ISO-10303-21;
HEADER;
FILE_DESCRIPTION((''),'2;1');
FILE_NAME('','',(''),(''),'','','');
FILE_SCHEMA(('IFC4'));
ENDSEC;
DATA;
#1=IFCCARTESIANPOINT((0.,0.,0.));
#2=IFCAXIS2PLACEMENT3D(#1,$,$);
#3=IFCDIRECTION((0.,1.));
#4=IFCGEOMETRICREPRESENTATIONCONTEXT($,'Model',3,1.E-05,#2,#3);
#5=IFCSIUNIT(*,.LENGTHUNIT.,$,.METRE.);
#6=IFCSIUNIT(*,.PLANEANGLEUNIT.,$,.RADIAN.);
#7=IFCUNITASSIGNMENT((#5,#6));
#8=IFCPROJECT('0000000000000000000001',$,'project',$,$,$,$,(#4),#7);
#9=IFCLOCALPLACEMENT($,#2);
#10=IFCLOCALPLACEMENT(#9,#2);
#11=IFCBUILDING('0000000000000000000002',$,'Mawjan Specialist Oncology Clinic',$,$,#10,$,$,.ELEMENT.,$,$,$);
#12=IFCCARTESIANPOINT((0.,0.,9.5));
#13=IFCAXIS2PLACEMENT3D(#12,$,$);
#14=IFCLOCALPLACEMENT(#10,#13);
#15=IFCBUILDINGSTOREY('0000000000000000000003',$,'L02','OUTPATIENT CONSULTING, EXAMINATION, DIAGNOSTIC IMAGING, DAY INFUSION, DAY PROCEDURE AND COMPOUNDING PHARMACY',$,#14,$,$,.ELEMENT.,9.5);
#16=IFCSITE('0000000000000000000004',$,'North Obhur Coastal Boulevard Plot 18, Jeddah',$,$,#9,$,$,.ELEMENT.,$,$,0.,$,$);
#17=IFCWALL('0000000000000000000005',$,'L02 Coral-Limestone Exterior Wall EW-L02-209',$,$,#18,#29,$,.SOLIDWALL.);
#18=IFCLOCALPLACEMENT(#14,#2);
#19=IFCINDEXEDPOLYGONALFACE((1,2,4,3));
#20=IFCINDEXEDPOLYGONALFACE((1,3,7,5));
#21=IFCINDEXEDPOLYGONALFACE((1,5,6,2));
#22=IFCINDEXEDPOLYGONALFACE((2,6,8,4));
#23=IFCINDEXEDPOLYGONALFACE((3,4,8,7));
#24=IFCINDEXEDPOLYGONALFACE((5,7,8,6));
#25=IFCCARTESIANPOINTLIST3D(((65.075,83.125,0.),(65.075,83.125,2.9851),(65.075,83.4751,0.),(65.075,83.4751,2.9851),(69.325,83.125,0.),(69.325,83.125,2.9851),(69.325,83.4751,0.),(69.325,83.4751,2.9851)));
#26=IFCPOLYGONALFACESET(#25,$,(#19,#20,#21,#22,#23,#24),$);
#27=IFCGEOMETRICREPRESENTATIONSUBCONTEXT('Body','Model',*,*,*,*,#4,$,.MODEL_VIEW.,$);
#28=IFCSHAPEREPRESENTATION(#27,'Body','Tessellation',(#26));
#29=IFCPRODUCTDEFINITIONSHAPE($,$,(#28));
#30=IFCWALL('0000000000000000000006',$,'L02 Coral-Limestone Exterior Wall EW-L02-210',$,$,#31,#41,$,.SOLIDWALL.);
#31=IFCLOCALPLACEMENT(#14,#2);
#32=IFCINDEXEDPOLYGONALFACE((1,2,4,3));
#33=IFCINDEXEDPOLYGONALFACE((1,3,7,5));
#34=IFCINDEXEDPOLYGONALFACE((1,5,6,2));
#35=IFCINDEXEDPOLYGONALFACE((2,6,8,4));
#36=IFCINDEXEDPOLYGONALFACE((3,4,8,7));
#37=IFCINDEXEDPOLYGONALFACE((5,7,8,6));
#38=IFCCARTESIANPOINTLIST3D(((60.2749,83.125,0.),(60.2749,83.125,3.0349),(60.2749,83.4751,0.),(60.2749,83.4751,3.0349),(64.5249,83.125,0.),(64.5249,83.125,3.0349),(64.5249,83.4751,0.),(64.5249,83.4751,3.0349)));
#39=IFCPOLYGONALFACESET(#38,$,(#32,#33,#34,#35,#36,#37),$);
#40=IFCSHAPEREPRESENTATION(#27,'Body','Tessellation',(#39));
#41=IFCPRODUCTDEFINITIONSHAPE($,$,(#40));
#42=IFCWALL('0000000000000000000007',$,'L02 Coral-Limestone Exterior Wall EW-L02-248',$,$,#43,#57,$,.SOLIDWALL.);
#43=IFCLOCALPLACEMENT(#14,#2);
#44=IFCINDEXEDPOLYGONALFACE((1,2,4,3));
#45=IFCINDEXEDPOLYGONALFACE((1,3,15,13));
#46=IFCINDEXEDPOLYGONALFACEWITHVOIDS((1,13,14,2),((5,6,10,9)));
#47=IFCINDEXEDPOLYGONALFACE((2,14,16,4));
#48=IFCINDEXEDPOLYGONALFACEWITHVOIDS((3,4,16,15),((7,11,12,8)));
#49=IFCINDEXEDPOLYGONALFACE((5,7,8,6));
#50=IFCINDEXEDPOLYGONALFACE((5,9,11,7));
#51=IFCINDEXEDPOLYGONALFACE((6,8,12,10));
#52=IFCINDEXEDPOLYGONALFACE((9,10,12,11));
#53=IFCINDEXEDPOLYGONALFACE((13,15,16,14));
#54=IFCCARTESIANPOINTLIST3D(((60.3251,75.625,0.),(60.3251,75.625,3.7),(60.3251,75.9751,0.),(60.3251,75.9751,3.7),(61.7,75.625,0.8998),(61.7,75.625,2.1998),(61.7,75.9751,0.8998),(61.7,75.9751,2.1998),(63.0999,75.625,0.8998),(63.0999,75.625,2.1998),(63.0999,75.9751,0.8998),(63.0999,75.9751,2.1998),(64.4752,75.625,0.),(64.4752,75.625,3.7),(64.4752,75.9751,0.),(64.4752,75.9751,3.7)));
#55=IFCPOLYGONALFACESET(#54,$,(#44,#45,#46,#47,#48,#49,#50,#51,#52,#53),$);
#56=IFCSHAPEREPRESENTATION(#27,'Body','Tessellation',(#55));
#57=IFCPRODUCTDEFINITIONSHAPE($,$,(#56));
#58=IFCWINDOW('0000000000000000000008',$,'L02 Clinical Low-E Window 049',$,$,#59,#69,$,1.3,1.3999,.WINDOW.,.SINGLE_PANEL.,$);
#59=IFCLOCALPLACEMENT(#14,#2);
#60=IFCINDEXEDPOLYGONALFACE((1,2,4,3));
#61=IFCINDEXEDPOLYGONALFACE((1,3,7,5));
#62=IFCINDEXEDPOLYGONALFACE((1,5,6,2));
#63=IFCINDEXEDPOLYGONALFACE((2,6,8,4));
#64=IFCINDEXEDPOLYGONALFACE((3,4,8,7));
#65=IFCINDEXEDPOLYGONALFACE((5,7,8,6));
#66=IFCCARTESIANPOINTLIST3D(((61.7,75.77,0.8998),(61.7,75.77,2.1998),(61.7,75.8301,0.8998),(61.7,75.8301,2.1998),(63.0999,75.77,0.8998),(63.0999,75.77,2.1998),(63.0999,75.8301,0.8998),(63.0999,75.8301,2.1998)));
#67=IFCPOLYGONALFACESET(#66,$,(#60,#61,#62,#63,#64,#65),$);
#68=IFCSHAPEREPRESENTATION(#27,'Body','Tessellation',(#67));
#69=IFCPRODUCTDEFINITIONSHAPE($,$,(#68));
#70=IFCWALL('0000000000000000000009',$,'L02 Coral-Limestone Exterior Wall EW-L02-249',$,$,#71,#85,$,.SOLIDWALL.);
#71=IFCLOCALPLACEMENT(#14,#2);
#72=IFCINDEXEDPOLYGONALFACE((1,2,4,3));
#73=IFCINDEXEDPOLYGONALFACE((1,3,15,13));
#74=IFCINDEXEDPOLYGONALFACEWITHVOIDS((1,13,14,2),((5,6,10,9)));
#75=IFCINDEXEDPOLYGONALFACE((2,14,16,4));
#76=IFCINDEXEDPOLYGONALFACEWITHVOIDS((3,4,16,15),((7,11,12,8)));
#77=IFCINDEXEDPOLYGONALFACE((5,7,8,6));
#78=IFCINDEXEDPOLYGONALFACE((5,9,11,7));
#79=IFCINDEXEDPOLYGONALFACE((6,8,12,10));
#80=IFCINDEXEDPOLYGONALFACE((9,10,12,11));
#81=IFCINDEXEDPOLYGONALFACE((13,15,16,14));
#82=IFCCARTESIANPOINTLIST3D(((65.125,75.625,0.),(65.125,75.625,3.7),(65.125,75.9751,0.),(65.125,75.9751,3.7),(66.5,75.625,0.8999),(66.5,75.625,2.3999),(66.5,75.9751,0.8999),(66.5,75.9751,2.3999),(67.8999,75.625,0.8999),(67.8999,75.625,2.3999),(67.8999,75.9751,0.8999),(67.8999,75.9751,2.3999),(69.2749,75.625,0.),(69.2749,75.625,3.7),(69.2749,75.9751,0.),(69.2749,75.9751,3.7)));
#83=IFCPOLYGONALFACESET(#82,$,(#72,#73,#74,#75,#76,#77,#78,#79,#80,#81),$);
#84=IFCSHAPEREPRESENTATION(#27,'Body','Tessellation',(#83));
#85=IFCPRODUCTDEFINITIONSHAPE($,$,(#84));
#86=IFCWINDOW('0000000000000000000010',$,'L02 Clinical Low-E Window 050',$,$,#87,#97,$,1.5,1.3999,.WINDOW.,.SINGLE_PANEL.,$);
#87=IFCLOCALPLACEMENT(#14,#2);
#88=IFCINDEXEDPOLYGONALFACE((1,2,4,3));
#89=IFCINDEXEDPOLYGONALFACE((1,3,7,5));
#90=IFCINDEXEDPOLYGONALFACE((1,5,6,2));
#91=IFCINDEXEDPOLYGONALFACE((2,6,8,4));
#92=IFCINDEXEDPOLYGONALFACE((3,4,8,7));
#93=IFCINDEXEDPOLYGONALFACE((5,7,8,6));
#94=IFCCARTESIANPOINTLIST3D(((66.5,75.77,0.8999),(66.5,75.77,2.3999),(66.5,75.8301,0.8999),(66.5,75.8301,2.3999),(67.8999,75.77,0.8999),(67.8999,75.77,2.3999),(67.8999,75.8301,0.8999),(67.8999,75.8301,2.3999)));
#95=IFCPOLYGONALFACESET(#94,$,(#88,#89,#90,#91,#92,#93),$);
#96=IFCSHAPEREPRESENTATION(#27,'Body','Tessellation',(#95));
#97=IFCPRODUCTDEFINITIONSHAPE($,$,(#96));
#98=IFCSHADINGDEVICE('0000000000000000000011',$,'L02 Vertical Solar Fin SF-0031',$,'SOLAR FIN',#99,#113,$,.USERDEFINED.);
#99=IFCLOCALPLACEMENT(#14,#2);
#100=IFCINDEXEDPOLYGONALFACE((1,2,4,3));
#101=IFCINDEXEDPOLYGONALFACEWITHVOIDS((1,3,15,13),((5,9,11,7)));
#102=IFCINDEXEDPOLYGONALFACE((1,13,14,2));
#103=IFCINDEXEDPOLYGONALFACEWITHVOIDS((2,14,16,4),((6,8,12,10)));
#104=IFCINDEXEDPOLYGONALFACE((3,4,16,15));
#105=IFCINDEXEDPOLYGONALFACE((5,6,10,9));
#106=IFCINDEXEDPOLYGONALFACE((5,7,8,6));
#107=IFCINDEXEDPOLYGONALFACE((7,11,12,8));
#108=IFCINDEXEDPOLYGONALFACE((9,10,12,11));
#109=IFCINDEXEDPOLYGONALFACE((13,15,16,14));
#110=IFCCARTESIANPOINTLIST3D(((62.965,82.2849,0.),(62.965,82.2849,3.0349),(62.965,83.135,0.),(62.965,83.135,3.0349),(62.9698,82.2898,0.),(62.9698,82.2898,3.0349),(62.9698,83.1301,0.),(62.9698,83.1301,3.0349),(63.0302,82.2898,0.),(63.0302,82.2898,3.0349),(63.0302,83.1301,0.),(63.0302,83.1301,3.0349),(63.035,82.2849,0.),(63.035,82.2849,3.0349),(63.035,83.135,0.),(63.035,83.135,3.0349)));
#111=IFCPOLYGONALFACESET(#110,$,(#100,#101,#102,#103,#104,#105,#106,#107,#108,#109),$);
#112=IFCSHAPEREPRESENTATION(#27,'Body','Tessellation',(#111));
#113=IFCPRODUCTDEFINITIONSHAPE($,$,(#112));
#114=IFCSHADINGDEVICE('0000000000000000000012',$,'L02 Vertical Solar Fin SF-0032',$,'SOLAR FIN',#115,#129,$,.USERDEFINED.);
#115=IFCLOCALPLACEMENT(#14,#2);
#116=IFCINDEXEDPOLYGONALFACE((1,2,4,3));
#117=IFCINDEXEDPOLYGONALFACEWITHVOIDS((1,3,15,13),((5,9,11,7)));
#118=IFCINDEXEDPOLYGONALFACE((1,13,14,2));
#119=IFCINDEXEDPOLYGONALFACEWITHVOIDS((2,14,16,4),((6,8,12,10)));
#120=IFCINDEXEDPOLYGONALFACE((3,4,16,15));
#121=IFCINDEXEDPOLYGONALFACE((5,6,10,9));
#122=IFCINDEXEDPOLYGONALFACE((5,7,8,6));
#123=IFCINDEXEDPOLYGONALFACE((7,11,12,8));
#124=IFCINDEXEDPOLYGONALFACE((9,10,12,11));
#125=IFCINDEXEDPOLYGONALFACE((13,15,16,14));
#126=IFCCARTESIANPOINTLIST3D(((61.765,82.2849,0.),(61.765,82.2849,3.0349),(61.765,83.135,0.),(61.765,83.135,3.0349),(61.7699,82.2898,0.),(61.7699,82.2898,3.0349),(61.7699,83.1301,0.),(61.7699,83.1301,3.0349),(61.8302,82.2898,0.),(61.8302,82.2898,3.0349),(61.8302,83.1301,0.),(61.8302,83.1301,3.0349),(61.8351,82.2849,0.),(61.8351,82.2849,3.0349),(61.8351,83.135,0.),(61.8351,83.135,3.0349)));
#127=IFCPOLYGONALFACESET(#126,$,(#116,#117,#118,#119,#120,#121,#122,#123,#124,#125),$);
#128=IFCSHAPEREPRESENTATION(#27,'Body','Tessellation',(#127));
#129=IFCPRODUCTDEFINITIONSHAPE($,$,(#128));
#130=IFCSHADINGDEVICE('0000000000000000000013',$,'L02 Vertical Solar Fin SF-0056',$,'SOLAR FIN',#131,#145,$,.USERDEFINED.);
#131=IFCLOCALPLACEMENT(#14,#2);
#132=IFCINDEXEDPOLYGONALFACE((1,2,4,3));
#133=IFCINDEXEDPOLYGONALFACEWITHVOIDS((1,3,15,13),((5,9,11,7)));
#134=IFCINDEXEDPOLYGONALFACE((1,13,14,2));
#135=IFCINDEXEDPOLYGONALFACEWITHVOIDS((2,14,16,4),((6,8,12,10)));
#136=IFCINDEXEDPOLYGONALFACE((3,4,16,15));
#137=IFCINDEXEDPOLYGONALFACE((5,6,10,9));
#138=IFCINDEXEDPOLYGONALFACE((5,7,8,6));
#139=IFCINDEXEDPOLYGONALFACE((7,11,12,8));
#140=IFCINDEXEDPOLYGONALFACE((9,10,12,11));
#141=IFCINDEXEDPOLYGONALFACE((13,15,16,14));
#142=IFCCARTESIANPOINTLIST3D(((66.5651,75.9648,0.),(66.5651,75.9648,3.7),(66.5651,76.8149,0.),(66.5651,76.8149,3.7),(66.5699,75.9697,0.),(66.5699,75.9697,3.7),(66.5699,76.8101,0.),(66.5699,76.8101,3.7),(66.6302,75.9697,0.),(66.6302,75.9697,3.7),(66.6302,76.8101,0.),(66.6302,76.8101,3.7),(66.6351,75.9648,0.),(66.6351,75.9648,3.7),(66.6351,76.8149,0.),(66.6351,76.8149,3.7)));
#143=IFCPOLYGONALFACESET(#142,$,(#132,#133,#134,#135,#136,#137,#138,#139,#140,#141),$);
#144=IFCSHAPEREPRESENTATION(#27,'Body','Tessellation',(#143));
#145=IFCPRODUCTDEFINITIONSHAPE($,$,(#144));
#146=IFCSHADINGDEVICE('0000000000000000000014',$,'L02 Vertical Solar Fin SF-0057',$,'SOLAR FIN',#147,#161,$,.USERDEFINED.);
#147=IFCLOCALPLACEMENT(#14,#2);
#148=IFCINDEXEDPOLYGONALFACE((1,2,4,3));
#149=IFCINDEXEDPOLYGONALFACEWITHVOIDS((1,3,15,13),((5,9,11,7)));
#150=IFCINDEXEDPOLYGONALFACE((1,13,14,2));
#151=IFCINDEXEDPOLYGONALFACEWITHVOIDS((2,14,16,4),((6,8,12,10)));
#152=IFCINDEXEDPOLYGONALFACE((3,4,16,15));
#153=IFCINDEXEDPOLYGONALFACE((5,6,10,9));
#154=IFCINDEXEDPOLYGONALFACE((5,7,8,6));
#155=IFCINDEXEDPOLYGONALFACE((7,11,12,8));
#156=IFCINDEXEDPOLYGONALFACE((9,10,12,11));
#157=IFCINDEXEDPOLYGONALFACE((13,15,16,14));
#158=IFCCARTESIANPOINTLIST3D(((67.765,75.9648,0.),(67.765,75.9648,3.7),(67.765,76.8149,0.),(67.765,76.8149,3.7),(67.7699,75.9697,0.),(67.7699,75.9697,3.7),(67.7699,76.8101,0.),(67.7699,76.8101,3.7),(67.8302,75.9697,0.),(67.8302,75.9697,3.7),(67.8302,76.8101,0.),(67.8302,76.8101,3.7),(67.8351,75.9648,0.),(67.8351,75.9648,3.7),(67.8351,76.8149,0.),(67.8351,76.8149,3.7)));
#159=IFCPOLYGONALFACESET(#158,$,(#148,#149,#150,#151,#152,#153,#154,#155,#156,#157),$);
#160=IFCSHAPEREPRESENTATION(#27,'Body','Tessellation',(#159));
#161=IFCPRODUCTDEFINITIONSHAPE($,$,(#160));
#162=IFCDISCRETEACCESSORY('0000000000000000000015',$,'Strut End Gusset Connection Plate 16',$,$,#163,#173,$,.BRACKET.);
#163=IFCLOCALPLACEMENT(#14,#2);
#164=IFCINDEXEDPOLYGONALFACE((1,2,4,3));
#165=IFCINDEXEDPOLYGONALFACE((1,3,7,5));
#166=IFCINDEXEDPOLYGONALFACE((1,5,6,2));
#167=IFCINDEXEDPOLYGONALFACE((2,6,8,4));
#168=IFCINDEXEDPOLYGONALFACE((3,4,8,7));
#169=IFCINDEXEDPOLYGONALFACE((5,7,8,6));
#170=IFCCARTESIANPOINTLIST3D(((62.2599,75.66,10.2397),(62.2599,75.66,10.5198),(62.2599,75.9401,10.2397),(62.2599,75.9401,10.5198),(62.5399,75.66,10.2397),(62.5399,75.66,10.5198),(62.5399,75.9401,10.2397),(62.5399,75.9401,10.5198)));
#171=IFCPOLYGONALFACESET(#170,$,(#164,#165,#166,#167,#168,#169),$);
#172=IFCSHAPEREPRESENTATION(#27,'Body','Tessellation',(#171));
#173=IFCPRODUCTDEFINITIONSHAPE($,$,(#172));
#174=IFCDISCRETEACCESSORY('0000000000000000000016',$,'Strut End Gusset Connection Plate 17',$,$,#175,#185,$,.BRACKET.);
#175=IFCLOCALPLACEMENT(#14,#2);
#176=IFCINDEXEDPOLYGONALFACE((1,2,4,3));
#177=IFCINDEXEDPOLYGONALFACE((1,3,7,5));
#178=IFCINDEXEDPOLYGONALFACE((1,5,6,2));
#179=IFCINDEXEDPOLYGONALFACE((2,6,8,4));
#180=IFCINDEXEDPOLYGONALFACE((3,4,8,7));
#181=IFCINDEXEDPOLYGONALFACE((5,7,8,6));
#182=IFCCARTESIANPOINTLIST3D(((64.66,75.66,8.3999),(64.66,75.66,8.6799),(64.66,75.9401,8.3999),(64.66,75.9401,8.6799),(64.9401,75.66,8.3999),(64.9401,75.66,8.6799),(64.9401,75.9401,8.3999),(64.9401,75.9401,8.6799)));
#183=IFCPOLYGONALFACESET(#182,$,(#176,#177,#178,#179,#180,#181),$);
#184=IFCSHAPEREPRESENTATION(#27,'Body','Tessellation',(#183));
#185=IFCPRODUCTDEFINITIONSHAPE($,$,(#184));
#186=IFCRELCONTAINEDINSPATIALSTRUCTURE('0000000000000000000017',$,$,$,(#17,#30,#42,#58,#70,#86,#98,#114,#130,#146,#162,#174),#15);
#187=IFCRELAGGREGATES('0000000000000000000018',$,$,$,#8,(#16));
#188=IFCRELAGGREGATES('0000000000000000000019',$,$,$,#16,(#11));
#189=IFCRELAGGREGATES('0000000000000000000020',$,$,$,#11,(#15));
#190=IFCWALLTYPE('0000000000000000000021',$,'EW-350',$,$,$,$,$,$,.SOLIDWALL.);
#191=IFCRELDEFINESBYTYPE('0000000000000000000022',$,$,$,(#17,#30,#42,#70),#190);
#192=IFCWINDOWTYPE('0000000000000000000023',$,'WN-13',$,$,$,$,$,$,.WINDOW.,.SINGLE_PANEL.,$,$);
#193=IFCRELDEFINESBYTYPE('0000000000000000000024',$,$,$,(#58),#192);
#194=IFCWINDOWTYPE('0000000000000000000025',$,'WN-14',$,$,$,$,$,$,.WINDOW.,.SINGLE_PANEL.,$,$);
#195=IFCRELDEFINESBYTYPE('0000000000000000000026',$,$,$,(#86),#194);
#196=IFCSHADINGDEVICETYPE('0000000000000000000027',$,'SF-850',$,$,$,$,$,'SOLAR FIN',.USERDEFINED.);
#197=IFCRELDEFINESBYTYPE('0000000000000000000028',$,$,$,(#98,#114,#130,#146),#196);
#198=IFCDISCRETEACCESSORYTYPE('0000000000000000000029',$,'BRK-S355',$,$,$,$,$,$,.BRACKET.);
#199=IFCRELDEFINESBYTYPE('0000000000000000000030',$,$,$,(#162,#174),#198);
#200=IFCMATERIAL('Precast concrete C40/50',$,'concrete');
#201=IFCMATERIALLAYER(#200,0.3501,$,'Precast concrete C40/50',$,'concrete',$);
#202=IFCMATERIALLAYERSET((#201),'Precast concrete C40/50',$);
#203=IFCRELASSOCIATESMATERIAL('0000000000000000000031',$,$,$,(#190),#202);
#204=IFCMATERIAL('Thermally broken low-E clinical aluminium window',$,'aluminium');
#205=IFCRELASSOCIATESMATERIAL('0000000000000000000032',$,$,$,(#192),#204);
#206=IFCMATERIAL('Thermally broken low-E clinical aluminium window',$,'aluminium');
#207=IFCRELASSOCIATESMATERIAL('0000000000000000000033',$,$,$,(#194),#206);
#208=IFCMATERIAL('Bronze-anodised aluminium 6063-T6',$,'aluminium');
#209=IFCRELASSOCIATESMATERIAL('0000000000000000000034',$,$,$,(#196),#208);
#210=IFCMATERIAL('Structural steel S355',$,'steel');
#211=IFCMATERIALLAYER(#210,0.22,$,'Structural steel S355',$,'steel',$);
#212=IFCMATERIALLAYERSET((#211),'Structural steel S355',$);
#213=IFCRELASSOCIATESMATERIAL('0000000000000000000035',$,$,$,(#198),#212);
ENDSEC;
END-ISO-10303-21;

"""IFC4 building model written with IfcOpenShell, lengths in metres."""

from ifc_helpers import new_model, si_unit, direction, frame, frame_2d, origin, origin_2d, place, context, subcontext, project, spatial, rectangle, hollow_rectangle, extrude, material, layer, layer_set, material_profile, profile_set, type_object, element, fill, save


model = new_model("IFC4")

# Units and contexts
model_context = context("Model", 3, precision=1e-05, world=origin(), true_north=direction((0.0, 1.0)))
body_context = subcontext(model_context, "Body", "Model", "MODEL_VIEW")
ifc_project = project(units=[si_unit("LENGTHUNIT", "METRE"), si_unit("PLANEANGLEUNIT", "RADIAN")], contexts=[model_context])

# Site, building, storey
site_placement = place(None, origin())
site = spatial("IfcSite", under=ifc_project, at=site_placement, Name="North Obhur Coastal Boulevard Plot 18, Jeddah", CompositionType="ELEMENT", RefElevation=0.0)
building_placement = place(site_placement, origin())
building = spatial("IfcBuilding", under=site, at=building_placement, Name="Mawjan Specialist Oncology Clinic", CompositionType="ELEMENT")
storey_placement = place(building_placement, frame((0.0, 0.0, 9.5)))
storey = spatial("IfcBuildingStorey", under=building, at=storey_placement, Name="L02", Description="OUTPATIENT CONSULTING, EXAMINATION, DIAGNOSTIC IMAGING, DAY INFUSION, DAY PROCEDURE AND COMPOUNDING PHARMACY", CompositionType="ELEMENT", Elevation=9.5)

# Walls
ifc_material_1 = material(Name="Precast concrete C40/50", Category="concrete")
ifc_layer_1 = layer(ifc_material_1, 0.3501, Name="Precast concrete C40/50", Category="concrete")
ifc_layer_set_1 = layer_set([ifc_layer_1], Name="Precast concrete C40/50")
wall_type = type_object("IfcWallType", Name="EW-350", PredefinedType="SOLIDWALL", material=ifc_layer_set_1)
wall_1_placement = place(storey_placement, frame((69.325, 83.3, 0.0), z_axis=(0.0, 0.0, 1.0), x_axis=(-1.0, 0.0, 0.0)))
element("IfcWall", 1, at=wall_1_placement, inside=storey, type_object=wall_type, Name="L02 Coral-Limestone Exterior Wall EW-L02-209", PredefinedType="SOLIDWALL", context=body_context, shape_type="SweptSolid", body=[
    extrude(rectangle(XDim=4.25, YDim=0.3501, at=frame_2d((2.125, 0.0))), origin(), (0.0, 0.0, 1.0), 2.9851),
])
wall_2_placement = place(storey_placement, frame((64.5249, 83.3, 0.0), z_axis=(0.0, 0.0, 1.0), x_axis=(-1.0, 0.0, 0.0)))
element("IfcWall", 2, at=wall_2_placement, inside=storey, type_object=wall_type, Name="L02 Coral-Limestone Exterior Wall EW-L02-210", PredefinedType="SOLIDWALL", context=body_context, shape_type="SweptSolid", body=[
    extrude(rectangle(XDim=4.25, YDim=0.3501, at=frame_2d((2.125, 0.0))), origin(), (0.0, 0.0, 1.0), 3.0349),
])

# Walls, openings, windows
wall_3_placement = place(storey_placement, frame((60.325, 75.8, 0.0), z_axis=(0.0, 0.0, 1.0), x_axis=(1.0, 0.0, 0.0)))
wall_3 = element("IfcWall", 3, at=wall_3_placement, inside=storey, type_object=wall_type, Name="L02 Coral-Limestone Exterior Wall EW-L02-248", PredefinedType="SOLIDWALL", context=body_context, shape_type="SweptSolid", body=[
    extrude(rectangle(XDim=4.1501, YDim=0.3501, at=frame_2d((2.0752, 0.0))), origin(), (0.0, 0.0, 1.0), 3.7),
])
opening_1_placement = place(wall_3_placement, frame((1.375, 0.0, 0.8999)))
opening_1 = element("IfcOpeningElement", 4, at=opening_1_placement, cuts=wall_3, PredefinedType="OPENING", context=body_context, shape_type="SweptSolid", body=[
    extrude(rectangle(XDim=1.3999, YDim=1.3, at=frame_2d((0.7, 0.6499))), frame((0.0, 0.187, 0.0), z_axis=(0.0, -1.0, 0.0), x_axis=(1.0, 0.0, 0.0)), (0.0, 0.0, 1.0), 0.374),
])
ifc_material_2 = material(Name="Thermally broken low-E clinical aluminium window", Category="aluminium")
window_type_1 = type_object("IfcWindowType", Name="WN-13", PartitioningType="SINGLE_PANEL", PredefinedType="WINDOW", material=ifc_material_2)
window_1_placement = place(opening_1_placement, origin())
window_1 = element("IfcWindow", 5, at=window_1_placement, inside=storey, type_object=window_type_1, Name="L02 Clinical Low-E Window 049", OverallHeight=1.3, OverallWidth=1.3999, PartitioningType="SINGLE_PANEL", PredefinedType="WINDOW", context=body_context, shape_type="SweptSolid", body=[
    extrude(rectangle(XDim=1.3999, YDim=1.3, at=frame_2d((0.7, 0.6499))), frame((0.0, 0.03, 0.0), z_axis=(0.0, -1.0, 0.0), x_axis=(1.0, 0.0, 0.0)), (0.0, 0.0, 1.0), 0.0601),
])
fill(opening_1, window_1)
wall_4_placement = place(storey_placement, frame((65.125, 75.8, 0.0), z_axis=(0.0, 0.0, 1.0), x_axis=(1.0, 0.0, 0.0)))
wall_4 = element("IfcWall", 6, at=wall_4_placement, inside=storey, type_object=wall_type, Name="L02 Coral-Limestone Exterior Wall EW-L02-249", PredefinedType="SOLIDWALL", context=body_context, shape_type="SweptSolid", body=[
    extrude(rectangle(XDim=4.1499, YDim=0.3501, at=frame_2d((2.075, 0.0))), origin(), (0.0, 0.0, 1.0), 3.7),
])
opening_2_placement = place(wall_4_placement, frame((1.375, 0.0, 0.8999)))
opening_2 = element("IfcOpeningElement", 7, at=opening_2_placement, cuts=wall_4, PredefinedType="OPENING", context=body_context, shape_type="SweptSolid", body=[
    extrude(rectangle(XDim=1.3999, YDim=1.5, at=frame_2d((0.7, 0.75))), frame((0.0, 0.187, 0.0), z_axis=(0.0, -1.0, 0.0), x_axis=(1.0, 0.0, 0.0)), (0.0, 0.0, 1.0), 0.374),
])
ifc_material_3 = material(Name="Thermally broken low-E clinical aluminium window", Category="aluminium")
window_type_2 = type_object("IfcWindowType", Name="WN-14", PartitioningType="SINGLE_PANEL", PredefinedType="WINDOW", material=ifc_material_3)
window_2_placement = place(opening_2_placement, origin())
window_2 = element("IfcWindow", 8, at=window_2_placement, inside=storey, type_object=window_type_2, Name="L02 Clinical Low-E Window 050", OverallHeight=1.5, OverallWidth=1.3999, PartitioningType="SINGLE_PANEL", PredefinedType="WINDOW", context=body_context, shape_type="SweptSolid", body=[
    extrude(rectangle(XDim=1.3999, YDim=1.5, at=frame_2d((0.7, 0.75))), frame((0.0, 0.03, 0.0), z_axis=(0.0, -1.0, 0.0), x_axis=(1.0, 0.0, 0.0)), (0.0, 0.0, 1.0), 0.0601),
])
fill(opening_2, window_2)

# Shading devices
ifc_material_4 = material(Name="Bronze-anodised aluminium 6063-T6", Category="aluminium")
ifc_material_profile_1 = material_profile(ifc_material_4, hollow_rectangle(XDim=0.0701, YDim=0.8501, WallThickness=0.0049, at=origin_2d()), Name="FIN 850x70x5", Category="aluminium")
ifc_profile_set_1 = profile_set([ifc_material_profile_1], Name="Bronze-anodised aluminium 6063-T6")
shading_device_type = type_object("IfcShadingDeviceType", Name="SF-850", ElementType="SOLAR FIN", PredefinedType="USERDEFINED", material=ifc_profile_set_1)
for number, where, z_axis, x_axis, name in (
    (9, (63.0, 82.71, 0.0), (0.0, 0.0, 1.0), (-1.0, 0.0, 0.0), "L02 Vertical Solar Fin SF-0031"),
    (10, (61.8, 82.71, 0.0), (0.0, 0.0, 1.0), (-1.0, 0.0, 0.0), "L02 Vertical Solar Fin SF-0032"),
):
    element("IfcShadingDevice", number, at=place(storey_placement, frame(where, z_axis=z_axis, x_axis=x_axis)), inside=storey, type_object=shading_device_type, Name=name, ObjectType="SOLAR FIN", PredefinedType="USERDEFINED", context=body_context, shape_type="SweptSolid", body=[
        extrude(hollow_rectangle(XDim=0.0701, YDim=0.8501, WallThickness=0.0049, at=origin_2d()), origin(), (0.0, 0.0, 1.0), 3.0349),
    ])
for number, where, z_axis, x_axis, name in (
    (11, (66.6001, 76.3899, 0.0), (0.0, 0.0, 1.0), (1.0, 0.0, 0.0), "L02 Vertical Solar Fin SF-0056"),
    (12, (67.8, 76.3899, 0.0), (0.0, 0.0, 1.0), (1.0, 0.0, 0.0), "L02 Vertical Solar Fin SF-0057"),
):
    element("IfcShadingDevice", number, at=place(storey_placement, frame(where, z_axis=z_axis, x_axis=x_axis)), inside=storey, type_object=shading_device_type, Name=name, ObjectType="SOLAR FIN", PredefinedType="USERDEFINED", context=body_context, shape_type="SweptSolid", body=[
        extrude(hollow_rectangle(XDim=0.0701, YDim=0.8501, WallThickness=0.0049, at=origin_2d()), origin(), (0.0, 0.0, 1.0), 3.7),
    ])

# Discrete accessories
ifc_material_5 = material(Name="Structural steel S355", Category="steel")
ifc_layer_2 = layer(ifc_material_5, 0.22, Name="Structural steel S355", Category="steel")
ifc_layer_set_2 = layer_set([ifc_layer_2], Name="Structural steel S355")
discrete_accessory_type = type_object("IfcDiscreteAccessoryType", Name="BRK-S355", PredefinedType="BRACKET", material=ifc_layer_set_2)
for number, where, z_axis, x_axis, name in (
    (13, (62.3999, 75.8, 10.2397), (0.0, 0.0, 1.0), (1.0, 0.0, 0.0), "Strut End Gusset Connection Plate 16"),
    (14, (64.8, 75.8, 8.3999), (0.0, 0.0, 1.0), (1.0, 0.0, 0.0), "Strut End Gusset Connection Plate 17"),
):
    element("IfcDiscreteAccessory", number, at=place(storey_placement, frame(where, z_axis=z_axis, x_axis=x_axis)), inside=storey, type_object=discrete_accessory_type, Name=name, PredefinedType="BRACKET", context=body_context, shape_type="SweptSolid", body=[
        extrude(rectangle(XDim=0.28, YDim=0.28, at=origin_2d()), origin(), (0.0, 0.0, 1.0), 0.28),
    ])

save(model, "model.ifc")
